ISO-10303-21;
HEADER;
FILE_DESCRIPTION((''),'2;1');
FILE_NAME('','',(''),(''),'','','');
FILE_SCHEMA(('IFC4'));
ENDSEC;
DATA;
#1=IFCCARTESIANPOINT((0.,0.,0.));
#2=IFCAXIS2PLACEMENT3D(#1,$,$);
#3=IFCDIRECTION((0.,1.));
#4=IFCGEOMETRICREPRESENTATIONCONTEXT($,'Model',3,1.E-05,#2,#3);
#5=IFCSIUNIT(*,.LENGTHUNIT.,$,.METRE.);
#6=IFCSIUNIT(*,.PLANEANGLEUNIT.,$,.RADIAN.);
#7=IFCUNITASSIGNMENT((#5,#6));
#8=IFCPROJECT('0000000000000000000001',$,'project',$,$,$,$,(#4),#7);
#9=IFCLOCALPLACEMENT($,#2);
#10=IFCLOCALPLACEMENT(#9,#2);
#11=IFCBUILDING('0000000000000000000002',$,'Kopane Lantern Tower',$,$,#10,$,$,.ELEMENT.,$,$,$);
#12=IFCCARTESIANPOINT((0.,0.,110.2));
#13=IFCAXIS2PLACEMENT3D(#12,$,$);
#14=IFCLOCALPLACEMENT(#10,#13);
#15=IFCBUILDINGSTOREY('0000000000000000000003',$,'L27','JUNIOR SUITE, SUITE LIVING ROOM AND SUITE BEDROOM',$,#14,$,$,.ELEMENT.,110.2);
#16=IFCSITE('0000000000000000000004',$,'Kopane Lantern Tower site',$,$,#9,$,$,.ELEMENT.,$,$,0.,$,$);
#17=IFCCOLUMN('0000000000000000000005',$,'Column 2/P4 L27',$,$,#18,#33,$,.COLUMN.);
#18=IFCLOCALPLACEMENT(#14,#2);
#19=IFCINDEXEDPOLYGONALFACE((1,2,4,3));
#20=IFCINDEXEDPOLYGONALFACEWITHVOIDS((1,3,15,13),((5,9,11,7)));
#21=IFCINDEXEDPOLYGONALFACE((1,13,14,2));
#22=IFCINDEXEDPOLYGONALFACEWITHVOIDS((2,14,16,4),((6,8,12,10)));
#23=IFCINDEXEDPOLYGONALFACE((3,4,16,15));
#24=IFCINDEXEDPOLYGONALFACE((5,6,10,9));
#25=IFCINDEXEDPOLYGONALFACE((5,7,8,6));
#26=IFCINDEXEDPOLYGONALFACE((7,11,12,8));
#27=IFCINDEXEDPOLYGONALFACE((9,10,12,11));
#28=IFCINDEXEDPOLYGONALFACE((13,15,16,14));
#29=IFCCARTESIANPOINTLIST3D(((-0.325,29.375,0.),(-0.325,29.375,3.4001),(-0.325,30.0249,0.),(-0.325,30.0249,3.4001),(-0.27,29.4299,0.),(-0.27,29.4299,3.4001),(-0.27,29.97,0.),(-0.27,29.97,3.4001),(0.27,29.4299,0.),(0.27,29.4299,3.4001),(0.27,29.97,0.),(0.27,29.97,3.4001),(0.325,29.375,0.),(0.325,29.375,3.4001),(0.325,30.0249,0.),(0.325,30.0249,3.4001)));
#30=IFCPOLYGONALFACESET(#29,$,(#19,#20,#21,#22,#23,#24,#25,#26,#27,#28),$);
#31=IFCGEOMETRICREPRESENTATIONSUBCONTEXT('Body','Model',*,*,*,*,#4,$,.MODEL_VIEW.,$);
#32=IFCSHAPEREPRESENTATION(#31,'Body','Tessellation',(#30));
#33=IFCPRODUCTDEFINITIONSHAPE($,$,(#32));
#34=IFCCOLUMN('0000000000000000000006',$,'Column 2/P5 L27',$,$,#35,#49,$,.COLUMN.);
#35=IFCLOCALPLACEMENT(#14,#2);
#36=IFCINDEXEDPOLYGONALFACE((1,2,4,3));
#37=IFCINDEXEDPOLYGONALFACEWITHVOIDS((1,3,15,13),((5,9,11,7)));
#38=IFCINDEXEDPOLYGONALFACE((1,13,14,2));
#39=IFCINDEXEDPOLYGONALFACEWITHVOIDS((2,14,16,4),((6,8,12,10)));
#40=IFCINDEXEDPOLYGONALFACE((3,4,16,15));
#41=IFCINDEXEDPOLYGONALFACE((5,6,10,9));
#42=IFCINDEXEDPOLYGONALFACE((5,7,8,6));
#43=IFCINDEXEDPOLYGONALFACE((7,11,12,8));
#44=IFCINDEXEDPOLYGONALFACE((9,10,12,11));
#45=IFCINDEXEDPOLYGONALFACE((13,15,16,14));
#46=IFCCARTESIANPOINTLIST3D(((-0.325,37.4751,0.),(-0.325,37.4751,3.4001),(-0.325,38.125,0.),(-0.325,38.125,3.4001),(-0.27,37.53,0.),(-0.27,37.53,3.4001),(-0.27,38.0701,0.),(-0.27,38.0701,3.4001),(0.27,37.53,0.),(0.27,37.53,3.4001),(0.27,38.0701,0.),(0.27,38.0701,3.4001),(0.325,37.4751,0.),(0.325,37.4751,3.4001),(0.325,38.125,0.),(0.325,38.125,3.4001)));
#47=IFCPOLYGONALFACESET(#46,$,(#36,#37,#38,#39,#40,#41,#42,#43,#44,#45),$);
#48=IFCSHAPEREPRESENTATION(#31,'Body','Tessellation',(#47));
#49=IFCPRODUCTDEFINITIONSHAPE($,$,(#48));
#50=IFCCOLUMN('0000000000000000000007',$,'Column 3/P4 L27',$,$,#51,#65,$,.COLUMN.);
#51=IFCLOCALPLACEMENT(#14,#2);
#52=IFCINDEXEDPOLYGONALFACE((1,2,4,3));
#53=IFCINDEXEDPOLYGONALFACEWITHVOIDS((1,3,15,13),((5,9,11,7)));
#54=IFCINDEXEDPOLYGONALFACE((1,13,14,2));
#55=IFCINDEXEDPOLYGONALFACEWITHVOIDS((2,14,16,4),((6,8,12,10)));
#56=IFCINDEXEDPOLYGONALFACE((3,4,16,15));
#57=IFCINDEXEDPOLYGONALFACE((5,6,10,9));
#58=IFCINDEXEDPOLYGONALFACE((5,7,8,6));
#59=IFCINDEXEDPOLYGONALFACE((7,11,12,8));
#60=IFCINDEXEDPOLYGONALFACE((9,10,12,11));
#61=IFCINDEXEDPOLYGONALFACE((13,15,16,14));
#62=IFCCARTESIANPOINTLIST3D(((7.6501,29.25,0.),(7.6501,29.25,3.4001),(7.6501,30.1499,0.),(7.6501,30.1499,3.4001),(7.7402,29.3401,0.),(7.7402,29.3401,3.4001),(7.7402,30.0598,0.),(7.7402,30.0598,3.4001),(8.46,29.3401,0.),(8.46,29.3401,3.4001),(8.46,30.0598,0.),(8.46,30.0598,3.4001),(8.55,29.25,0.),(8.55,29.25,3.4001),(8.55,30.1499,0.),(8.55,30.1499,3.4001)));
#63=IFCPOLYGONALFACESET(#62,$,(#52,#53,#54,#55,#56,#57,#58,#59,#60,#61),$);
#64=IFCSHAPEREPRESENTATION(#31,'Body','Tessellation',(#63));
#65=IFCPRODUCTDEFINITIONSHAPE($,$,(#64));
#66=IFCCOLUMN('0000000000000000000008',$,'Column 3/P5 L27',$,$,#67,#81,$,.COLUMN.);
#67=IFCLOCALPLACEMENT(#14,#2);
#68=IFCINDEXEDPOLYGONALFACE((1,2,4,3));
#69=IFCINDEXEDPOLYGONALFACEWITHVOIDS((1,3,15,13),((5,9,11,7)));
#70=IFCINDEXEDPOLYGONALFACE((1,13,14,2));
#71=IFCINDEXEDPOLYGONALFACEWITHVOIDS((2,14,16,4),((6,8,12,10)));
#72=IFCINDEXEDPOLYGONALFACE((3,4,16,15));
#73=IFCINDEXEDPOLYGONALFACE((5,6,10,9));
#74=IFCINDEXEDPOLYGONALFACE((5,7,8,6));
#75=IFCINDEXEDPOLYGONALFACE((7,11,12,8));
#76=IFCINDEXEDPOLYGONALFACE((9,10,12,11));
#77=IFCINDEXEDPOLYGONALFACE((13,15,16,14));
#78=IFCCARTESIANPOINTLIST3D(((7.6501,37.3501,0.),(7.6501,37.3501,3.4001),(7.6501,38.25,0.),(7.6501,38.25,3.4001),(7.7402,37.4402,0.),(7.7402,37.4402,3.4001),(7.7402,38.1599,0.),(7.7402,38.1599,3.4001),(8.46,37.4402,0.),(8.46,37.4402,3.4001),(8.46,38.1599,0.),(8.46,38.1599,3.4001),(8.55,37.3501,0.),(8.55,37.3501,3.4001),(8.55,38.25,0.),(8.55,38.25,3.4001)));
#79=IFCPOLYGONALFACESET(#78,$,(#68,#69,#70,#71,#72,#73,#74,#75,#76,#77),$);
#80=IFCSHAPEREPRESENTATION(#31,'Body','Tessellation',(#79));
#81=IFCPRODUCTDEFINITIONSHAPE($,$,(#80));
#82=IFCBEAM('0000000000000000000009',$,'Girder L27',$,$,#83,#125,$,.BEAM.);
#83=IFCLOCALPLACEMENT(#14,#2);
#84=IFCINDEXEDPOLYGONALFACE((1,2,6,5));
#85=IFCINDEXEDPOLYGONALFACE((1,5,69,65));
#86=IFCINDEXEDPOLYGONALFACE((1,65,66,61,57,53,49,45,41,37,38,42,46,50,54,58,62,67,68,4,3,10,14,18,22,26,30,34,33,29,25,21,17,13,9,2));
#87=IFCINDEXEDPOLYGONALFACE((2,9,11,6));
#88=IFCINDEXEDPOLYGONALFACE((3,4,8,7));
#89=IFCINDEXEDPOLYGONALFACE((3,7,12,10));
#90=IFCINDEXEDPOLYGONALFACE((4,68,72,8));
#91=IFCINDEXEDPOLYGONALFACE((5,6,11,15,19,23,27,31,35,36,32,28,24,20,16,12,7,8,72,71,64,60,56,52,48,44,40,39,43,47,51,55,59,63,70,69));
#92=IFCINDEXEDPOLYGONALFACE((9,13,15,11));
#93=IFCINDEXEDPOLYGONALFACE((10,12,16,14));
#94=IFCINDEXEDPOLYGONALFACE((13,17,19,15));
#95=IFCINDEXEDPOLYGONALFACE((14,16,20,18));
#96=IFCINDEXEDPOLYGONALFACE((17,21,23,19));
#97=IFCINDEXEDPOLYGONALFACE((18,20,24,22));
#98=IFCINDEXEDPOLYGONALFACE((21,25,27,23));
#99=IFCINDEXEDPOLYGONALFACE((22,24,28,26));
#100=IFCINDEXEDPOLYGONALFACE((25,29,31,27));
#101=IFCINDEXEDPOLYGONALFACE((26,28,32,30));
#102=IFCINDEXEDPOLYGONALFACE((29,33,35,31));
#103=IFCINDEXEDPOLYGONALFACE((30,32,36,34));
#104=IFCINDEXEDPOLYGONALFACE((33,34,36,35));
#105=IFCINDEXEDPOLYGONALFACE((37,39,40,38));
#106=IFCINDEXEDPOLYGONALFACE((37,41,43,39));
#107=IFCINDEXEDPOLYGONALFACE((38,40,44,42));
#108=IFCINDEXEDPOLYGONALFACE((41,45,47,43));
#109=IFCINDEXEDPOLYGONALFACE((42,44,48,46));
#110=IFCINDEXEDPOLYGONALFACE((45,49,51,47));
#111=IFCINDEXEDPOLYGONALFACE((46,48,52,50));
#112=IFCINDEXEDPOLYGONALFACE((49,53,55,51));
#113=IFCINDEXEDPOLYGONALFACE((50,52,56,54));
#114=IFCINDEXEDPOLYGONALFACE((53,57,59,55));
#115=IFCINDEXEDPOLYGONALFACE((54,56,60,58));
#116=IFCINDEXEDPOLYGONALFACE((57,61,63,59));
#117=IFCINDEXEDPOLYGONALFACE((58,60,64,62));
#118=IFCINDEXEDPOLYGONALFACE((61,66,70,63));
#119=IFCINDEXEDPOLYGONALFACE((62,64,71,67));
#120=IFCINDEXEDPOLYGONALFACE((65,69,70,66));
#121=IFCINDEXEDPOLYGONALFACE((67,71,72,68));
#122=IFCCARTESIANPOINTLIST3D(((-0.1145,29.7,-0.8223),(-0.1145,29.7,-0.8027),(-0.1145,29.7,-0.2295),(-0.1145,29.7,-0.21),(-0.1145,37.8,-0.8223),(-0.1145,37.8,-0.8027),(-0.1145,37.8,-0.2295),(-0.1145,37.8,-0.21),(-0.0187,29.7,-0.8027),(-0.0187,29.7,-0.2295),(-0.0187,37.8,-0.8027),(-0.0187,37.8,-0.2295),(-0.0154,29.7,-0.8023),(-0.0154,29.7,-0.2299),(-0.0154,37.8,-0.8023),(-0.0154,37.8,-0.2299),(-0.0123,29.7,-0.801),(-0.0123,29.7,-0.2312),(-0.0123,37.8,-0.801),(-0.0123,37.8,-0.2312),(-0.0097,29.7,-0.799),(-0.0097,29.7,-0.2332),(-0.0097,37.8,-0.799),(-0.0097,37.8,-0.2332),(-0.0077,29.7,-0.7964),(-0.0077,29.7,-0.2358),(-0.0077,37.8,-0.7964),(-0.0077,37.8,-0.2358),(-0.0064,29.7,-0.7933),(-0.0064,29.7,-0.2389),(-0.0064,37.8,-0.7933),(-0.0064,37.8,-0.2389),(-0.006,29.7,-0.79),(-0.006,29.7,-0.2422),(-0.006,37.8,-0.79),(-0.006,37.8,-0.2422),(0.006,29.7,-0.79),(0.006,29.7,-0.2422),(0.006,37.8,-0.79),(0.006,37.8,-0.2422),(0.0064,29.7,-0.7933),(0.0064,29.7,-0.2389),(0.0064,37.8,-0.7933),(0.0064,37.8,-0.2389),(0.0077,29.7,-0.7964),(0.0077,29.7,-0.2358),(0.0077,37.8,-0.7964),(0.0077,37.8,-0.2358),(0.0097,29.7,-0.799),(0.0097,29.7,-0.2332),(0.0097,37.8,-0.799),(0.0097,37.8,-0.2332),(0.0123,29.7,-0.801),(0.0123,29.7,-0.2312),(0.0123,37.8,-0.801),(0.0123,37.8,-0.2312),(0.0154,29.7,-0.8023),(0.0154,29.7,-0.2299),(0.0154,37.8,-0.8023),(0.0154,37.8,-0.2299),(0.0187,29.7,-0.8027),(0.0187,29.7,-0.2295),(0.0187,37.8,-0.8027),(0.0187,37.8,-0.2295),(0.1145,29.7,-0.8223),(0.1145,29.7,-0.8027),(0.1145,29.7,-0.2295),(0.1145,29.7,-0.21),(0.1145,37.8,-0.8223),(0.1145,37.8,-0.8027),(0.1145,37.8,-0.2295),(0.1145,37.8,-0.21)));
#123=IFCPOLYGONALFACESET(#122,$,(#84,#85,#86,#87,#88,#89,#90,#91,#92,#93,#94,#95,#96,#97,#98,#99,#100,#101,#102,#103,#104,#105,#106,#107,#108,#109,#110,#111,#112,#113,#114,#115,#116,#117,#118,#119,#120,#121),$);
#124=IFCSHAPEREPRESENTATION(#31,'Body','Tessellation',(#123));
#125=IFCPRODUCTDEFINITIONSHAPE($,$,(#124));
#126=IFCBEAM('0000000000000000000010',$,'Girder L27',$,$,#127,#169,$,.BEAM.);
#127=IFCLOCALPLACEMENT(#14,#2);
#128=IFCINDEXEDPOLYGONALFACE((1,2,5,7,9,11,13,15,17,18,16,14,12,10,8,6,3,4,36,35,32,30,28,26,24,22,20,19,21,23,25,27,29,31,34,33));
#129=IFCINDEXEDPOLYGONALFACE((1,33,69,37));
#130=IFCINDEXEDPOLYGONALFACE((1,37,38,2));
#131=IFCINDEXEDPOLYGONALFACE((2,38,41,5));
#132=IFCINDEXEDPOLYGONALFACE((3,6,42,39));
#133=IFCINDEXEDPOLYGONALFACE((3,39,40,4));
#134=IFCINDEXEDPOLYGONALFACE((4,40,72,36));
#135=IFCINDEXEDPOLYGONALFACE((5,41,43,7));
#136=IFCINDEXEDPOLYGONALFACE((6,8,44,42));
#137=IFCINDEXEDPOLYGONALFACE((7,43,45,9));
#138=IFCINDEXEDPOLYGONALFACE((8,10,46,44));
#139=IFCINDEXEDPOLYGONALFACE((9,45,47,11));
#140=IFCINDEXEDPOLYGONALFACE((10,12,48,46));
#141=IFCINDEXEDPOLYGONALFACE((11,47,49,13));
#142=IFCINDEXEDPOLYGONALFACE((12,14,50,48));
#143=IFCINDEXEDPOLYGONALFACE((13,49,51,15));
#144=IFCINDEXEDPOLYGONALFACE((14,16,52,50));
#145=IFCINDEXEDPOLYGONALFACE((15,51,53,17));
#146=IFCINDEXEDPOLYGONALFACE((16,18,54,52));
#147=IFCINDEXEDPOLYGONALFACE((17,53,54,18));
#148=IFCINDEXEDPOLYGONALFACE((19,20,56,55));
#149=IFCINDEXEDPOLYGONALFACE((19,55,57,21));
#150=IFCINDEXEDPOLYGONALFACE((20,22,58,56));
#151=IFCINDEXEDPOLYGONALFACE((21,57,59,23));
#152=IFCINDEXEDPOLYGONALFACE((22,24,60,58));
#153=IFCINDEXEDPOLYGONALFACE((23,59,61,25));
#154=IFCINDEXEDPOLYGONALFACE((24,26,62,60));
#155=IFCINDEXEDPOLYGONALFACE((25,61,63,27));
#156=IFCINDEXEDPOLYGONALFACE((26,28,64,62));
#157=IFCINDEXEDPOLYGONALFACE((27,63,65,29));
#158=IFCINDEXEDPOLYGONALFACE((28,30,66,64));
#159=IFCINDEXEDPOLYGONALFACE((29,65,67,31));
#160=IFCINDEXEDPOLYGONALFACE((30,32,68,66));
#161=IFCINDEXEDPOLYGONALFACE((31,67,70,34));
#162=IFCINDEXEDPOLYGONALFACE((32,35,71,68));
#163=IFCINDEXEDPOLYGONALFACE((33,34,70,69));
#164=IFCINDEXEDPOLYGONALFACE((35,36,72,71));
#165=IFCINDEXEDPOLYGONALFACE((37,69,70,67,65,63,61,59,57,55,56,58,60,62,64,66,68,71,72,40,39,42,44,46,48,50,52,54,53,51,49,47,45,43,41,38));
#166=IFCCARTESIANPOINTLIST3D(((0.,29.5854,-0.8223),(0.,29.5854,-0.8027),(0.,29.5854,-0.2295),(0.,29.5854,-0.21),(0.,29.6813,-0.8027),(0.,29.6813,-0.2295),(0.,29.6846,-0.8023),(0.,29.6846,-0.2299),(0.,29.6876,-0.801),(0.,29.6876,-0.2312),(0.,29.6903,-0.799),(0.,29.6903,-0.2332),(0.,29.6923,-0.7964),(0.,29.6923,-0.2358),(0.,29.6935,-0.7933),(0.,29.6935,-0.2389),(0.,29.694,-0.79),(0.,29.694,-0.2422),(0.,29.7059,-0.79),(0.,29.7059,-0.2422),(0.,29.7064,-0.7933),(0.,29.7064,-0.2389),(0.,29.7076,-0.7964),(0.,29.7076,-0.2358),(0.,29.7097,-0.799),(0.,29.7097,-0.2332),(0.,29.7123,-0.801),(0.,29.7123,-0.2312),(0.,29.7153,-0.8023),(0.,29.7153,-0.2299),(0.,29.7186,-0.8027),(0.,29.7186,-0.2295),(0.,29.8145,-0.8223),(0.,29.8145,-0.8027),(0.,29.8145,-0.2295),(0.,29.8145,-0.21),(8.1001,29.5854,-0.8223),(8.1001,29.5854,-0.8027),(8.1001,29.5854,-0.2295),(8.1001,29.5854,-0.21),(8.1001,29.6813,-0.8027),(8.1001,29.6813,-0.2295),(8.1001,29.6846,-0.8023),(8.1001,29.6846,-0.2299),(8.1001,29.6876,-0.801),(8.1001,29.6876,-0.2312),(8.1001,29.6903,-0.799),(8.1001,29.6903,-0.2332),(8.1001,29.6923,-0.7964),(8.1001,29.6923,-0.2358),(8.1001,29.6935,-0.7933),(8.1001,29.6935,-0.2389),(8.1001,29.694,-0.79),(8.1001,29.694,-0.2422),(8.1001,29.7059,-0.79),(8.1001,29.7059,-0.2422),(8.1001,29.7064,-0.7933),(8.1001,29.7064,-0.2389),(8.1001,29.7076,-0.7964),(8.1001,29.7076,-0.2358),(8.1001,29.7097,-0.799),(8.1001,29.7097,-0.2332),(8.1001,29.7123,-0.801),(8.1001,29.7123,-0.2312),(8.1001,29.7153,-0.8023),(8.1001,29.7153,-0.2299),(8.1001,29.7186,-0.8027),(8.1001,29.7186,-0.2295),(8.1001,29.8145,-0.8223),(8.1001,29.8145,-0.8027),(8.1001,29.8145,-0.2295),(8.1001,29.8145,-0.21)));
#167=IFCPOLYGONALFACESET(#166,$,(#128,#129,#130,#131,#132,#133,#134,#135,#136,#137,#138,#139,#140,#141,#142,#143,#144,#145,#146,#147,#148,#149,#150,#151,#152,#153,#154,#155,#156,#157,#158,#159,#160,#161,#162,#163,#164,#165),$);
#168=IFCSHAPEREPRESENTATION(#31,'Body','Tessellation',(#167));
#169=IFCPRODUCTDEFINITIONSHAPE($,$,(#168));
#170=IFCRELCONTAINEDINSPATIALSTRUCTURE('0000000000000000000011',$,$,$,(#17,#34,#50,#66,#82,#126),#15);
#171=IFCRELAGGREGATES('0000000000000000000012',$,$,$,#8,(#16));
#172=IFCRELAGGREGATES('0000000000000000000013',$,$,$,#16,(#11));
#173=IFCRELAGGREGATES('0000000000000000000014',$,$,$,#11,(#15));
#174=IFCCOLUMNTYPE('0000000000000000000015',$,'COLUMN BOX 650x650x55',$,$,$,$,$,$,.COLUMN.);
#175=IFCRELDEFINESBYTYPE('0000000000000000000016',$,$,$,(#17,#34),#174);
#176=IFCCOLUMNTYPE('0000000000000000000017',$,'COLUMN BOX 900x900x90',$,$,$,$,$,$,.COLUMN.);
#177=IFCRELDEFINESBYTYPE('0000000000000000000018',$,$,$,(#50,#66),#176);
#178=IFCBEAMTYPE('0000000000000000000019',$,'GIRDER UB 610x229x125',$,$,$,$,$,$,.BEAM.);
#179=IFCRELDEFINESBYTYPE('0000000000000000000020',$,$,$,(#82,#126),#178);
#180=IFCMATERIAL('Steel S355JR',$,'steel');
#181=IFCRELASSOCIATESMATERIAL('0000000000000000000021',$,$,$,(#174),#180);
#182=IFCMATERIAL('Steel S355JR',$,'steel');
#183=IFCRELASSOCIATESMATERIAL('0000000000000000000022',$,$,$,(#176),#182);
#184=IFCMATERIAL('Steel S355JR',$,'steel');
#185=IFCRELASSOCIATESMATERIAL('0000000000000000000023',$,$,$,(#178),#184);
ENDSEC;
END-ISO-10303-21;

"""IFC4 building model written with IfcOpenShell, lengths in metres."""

from ifc_helpers import new_model, si_unit, direction, frame, origin, origin_2d, place, context, subcontext, project, spatial, hollow_rectangle, i_section, extrude, material, material_profile, profile_set, type_object, element, save


model = new_model("IFC4")

# Units and contexts
model_context = context("Model", 3, precision=1e-05, world=origin(), true_north=direction((0.0, 1.0)))
body_context = subcontext(model_context, "Body", "Model", "MODEL_VIEW")
ifc_project = project(units=[si_unit("LENGTHUNIT", "METRE"), si_unit("PLANEANGLEUNIT", "RADIAN")], contexts=[model_context])

# Site, building, storey
site_placement = place(None, origin())
site = spatial("IfcSite", under=ifc_project, at=site_placement, Name="Kopane Lantern Tower site", CompositionType="ELEMENT", RefElevation=0.0)
building_placement = place(site_placement, origin())
building = spatial("IfcBuilding", under=site, at=building_placement, Name="Kopane Lantern Tower", CompositionType="ELEMENT")
storey_placement = place(building_placement, frame((0.0, 0.0, 110.2)))
storey = spatial("IfcBuildingStorey", under=building, at=storey_placement, Name="L27", Description="JUNIOR SUITE, SUITE LIVING ROOM AND SUITE BEDROOM", CompositionType="ELEMENT", Elevation=110.2)

# Columns
ifc_material_1 = material(Name="Steel S355JR", Category="steel")
ifc_material_profile_1 = material_profile(ifc_material_1, hollow_rectangle(XDim=0.6499, YDim=0.6499, WallThickness=0.0549, at=origin_2d()), Name="BOX 650x650x55")
ifc_profile_set_1 = profile_set([ifc_material_profile_1], Name="Steel S355JR")
column_type_1 = type_object("IfcColumnType", Name="COLUMN BOX 650x650x55", PredefinedType="COLUMN", material=ifc_profile_set_1)
for number, where, z_axis, x_axis, name in (
    (1, (0.0, 29.7, 0.0), (0.0, 0.0, 1.0), (1.0, 0.0, 0.0), "Column 2/P4 L27"),
    (2, (0.0, 37.8, 0.0), (0.0, 0.0, 1.0), (1.0, 0.0, 0.0), "Column 2/P5 L27"),
):
    element("IfcColumn", number, at=place(storey_placement, frame(where, z_axis=z_axis, x_axis=x_axis)), inside=storey, type_object=column_type_1, Name=name, PredefinedType="COLUMN", context=body_context, shape_type="SweptSolid", body=[
        extrude(hollow_rectangle(XDim=0.6499, YDim=0.6499, WallThickness=0.0549, at=origin_2d()), origin(), (0.0, 0.0, 1.0), 3.4001),
    ])
ifc_material_2 = material(Name="Steel S355JR", Category="steel")
ifc_material_profile_2 = material_profile(ifc_material_2, hollow_rectangle(XDim=0.8999, YDim=0.8999, WallThickness=0.0901, at=origin_2d()), Name="BOX 900x900x90")
ifc_profile_set_2 = profile_set([ifc_material_profile_2], Name="Steel S355JR")
column_type_2 = type_object("IfcColumnType", Name="COLUMN BOX 900x900x90", PredefinedType="COLUMN", material=ifc_profile_set_2)
for number, where, z_axis, x_axis, name in (
    (3, (8.1001, 29.7, 0.0), (0.0, 0.0, 1.0), (1.0, 0.0, 0.0), "Column 3/P4 L27"),
    (4, (8.1001, 37.8, 0.0), (0.0, 0.0, 1.0), (1.0, 0.0, 0.0), "Column 3/P5 L27"),
):
    element("IfcColumn", number, at=place(storey_placement, frame(where, z_axis=z_axis, x_axis=x_axis)), inside=storey, type_object=column_type_2, Name=name, PredefinedType="COLUMN", context=body_context, shape_type="SweptSolid", body=[
        extrude(hollow_rectangle(XDim=0.8999, YDim=0.8999, WallThickness=0.0901, at=origin_2d()), origin(), (0.0, 0.0, 1.0), 3.4001),
    ])

# Beams
ifc_material_3 = material(Name="Steel S355JR", Category="steel")
ifc_material_profile_3 = material_profile(ifc_material_3, i_section(OverallWidth=0.229, OverallDepth=0.6123, WebThickness=0.012, FlangeThickness=0.0195, FilletRadius=0.0127, at=origin_2d()), Name="UB 610x229x125")
ifc_profile_set_3 = profile_set([ifc_material_profile_3], Name="Steel S355JR")
beam_type = type_object("IfcBeamType", Name="GIRDER UB 610x229x125", PredefinedType="BEAM", material=ifc_profile_set_3)
for number, where, z_axis, x_axis, name in (
    (5, (0.0, 29.7, -0.5161), (0.0, 1.0, 0.0), (-1.0, 0.0, 0.0), "Girder L27"),
    (6, (0.0, 29.7, -0.5161), (1.0, 0.0, 0.0), (0.0, 1.0, 0.0), "Girder L27"),
):
    element("IfcBeam", number, at=place(storey_placement, frame(where, z_axis=z_axis, x_axis=x_axis)), inside=storey, type_object=beam_type, Name=name, PredefinedType="BEAM", context=body_context, shape_type="SweptSolid", body=[
        extrude(i_section(OverallWidth=0.229, OverallDepth=0.6123, WebThickness=0.012, FlangeThickness=0.0195, FilletRadius=0.0127, at=origin_2d()), origin(), (0.0, 0.0, 1.0), 8.1001),
    ])

save(model, "model.ifc")
